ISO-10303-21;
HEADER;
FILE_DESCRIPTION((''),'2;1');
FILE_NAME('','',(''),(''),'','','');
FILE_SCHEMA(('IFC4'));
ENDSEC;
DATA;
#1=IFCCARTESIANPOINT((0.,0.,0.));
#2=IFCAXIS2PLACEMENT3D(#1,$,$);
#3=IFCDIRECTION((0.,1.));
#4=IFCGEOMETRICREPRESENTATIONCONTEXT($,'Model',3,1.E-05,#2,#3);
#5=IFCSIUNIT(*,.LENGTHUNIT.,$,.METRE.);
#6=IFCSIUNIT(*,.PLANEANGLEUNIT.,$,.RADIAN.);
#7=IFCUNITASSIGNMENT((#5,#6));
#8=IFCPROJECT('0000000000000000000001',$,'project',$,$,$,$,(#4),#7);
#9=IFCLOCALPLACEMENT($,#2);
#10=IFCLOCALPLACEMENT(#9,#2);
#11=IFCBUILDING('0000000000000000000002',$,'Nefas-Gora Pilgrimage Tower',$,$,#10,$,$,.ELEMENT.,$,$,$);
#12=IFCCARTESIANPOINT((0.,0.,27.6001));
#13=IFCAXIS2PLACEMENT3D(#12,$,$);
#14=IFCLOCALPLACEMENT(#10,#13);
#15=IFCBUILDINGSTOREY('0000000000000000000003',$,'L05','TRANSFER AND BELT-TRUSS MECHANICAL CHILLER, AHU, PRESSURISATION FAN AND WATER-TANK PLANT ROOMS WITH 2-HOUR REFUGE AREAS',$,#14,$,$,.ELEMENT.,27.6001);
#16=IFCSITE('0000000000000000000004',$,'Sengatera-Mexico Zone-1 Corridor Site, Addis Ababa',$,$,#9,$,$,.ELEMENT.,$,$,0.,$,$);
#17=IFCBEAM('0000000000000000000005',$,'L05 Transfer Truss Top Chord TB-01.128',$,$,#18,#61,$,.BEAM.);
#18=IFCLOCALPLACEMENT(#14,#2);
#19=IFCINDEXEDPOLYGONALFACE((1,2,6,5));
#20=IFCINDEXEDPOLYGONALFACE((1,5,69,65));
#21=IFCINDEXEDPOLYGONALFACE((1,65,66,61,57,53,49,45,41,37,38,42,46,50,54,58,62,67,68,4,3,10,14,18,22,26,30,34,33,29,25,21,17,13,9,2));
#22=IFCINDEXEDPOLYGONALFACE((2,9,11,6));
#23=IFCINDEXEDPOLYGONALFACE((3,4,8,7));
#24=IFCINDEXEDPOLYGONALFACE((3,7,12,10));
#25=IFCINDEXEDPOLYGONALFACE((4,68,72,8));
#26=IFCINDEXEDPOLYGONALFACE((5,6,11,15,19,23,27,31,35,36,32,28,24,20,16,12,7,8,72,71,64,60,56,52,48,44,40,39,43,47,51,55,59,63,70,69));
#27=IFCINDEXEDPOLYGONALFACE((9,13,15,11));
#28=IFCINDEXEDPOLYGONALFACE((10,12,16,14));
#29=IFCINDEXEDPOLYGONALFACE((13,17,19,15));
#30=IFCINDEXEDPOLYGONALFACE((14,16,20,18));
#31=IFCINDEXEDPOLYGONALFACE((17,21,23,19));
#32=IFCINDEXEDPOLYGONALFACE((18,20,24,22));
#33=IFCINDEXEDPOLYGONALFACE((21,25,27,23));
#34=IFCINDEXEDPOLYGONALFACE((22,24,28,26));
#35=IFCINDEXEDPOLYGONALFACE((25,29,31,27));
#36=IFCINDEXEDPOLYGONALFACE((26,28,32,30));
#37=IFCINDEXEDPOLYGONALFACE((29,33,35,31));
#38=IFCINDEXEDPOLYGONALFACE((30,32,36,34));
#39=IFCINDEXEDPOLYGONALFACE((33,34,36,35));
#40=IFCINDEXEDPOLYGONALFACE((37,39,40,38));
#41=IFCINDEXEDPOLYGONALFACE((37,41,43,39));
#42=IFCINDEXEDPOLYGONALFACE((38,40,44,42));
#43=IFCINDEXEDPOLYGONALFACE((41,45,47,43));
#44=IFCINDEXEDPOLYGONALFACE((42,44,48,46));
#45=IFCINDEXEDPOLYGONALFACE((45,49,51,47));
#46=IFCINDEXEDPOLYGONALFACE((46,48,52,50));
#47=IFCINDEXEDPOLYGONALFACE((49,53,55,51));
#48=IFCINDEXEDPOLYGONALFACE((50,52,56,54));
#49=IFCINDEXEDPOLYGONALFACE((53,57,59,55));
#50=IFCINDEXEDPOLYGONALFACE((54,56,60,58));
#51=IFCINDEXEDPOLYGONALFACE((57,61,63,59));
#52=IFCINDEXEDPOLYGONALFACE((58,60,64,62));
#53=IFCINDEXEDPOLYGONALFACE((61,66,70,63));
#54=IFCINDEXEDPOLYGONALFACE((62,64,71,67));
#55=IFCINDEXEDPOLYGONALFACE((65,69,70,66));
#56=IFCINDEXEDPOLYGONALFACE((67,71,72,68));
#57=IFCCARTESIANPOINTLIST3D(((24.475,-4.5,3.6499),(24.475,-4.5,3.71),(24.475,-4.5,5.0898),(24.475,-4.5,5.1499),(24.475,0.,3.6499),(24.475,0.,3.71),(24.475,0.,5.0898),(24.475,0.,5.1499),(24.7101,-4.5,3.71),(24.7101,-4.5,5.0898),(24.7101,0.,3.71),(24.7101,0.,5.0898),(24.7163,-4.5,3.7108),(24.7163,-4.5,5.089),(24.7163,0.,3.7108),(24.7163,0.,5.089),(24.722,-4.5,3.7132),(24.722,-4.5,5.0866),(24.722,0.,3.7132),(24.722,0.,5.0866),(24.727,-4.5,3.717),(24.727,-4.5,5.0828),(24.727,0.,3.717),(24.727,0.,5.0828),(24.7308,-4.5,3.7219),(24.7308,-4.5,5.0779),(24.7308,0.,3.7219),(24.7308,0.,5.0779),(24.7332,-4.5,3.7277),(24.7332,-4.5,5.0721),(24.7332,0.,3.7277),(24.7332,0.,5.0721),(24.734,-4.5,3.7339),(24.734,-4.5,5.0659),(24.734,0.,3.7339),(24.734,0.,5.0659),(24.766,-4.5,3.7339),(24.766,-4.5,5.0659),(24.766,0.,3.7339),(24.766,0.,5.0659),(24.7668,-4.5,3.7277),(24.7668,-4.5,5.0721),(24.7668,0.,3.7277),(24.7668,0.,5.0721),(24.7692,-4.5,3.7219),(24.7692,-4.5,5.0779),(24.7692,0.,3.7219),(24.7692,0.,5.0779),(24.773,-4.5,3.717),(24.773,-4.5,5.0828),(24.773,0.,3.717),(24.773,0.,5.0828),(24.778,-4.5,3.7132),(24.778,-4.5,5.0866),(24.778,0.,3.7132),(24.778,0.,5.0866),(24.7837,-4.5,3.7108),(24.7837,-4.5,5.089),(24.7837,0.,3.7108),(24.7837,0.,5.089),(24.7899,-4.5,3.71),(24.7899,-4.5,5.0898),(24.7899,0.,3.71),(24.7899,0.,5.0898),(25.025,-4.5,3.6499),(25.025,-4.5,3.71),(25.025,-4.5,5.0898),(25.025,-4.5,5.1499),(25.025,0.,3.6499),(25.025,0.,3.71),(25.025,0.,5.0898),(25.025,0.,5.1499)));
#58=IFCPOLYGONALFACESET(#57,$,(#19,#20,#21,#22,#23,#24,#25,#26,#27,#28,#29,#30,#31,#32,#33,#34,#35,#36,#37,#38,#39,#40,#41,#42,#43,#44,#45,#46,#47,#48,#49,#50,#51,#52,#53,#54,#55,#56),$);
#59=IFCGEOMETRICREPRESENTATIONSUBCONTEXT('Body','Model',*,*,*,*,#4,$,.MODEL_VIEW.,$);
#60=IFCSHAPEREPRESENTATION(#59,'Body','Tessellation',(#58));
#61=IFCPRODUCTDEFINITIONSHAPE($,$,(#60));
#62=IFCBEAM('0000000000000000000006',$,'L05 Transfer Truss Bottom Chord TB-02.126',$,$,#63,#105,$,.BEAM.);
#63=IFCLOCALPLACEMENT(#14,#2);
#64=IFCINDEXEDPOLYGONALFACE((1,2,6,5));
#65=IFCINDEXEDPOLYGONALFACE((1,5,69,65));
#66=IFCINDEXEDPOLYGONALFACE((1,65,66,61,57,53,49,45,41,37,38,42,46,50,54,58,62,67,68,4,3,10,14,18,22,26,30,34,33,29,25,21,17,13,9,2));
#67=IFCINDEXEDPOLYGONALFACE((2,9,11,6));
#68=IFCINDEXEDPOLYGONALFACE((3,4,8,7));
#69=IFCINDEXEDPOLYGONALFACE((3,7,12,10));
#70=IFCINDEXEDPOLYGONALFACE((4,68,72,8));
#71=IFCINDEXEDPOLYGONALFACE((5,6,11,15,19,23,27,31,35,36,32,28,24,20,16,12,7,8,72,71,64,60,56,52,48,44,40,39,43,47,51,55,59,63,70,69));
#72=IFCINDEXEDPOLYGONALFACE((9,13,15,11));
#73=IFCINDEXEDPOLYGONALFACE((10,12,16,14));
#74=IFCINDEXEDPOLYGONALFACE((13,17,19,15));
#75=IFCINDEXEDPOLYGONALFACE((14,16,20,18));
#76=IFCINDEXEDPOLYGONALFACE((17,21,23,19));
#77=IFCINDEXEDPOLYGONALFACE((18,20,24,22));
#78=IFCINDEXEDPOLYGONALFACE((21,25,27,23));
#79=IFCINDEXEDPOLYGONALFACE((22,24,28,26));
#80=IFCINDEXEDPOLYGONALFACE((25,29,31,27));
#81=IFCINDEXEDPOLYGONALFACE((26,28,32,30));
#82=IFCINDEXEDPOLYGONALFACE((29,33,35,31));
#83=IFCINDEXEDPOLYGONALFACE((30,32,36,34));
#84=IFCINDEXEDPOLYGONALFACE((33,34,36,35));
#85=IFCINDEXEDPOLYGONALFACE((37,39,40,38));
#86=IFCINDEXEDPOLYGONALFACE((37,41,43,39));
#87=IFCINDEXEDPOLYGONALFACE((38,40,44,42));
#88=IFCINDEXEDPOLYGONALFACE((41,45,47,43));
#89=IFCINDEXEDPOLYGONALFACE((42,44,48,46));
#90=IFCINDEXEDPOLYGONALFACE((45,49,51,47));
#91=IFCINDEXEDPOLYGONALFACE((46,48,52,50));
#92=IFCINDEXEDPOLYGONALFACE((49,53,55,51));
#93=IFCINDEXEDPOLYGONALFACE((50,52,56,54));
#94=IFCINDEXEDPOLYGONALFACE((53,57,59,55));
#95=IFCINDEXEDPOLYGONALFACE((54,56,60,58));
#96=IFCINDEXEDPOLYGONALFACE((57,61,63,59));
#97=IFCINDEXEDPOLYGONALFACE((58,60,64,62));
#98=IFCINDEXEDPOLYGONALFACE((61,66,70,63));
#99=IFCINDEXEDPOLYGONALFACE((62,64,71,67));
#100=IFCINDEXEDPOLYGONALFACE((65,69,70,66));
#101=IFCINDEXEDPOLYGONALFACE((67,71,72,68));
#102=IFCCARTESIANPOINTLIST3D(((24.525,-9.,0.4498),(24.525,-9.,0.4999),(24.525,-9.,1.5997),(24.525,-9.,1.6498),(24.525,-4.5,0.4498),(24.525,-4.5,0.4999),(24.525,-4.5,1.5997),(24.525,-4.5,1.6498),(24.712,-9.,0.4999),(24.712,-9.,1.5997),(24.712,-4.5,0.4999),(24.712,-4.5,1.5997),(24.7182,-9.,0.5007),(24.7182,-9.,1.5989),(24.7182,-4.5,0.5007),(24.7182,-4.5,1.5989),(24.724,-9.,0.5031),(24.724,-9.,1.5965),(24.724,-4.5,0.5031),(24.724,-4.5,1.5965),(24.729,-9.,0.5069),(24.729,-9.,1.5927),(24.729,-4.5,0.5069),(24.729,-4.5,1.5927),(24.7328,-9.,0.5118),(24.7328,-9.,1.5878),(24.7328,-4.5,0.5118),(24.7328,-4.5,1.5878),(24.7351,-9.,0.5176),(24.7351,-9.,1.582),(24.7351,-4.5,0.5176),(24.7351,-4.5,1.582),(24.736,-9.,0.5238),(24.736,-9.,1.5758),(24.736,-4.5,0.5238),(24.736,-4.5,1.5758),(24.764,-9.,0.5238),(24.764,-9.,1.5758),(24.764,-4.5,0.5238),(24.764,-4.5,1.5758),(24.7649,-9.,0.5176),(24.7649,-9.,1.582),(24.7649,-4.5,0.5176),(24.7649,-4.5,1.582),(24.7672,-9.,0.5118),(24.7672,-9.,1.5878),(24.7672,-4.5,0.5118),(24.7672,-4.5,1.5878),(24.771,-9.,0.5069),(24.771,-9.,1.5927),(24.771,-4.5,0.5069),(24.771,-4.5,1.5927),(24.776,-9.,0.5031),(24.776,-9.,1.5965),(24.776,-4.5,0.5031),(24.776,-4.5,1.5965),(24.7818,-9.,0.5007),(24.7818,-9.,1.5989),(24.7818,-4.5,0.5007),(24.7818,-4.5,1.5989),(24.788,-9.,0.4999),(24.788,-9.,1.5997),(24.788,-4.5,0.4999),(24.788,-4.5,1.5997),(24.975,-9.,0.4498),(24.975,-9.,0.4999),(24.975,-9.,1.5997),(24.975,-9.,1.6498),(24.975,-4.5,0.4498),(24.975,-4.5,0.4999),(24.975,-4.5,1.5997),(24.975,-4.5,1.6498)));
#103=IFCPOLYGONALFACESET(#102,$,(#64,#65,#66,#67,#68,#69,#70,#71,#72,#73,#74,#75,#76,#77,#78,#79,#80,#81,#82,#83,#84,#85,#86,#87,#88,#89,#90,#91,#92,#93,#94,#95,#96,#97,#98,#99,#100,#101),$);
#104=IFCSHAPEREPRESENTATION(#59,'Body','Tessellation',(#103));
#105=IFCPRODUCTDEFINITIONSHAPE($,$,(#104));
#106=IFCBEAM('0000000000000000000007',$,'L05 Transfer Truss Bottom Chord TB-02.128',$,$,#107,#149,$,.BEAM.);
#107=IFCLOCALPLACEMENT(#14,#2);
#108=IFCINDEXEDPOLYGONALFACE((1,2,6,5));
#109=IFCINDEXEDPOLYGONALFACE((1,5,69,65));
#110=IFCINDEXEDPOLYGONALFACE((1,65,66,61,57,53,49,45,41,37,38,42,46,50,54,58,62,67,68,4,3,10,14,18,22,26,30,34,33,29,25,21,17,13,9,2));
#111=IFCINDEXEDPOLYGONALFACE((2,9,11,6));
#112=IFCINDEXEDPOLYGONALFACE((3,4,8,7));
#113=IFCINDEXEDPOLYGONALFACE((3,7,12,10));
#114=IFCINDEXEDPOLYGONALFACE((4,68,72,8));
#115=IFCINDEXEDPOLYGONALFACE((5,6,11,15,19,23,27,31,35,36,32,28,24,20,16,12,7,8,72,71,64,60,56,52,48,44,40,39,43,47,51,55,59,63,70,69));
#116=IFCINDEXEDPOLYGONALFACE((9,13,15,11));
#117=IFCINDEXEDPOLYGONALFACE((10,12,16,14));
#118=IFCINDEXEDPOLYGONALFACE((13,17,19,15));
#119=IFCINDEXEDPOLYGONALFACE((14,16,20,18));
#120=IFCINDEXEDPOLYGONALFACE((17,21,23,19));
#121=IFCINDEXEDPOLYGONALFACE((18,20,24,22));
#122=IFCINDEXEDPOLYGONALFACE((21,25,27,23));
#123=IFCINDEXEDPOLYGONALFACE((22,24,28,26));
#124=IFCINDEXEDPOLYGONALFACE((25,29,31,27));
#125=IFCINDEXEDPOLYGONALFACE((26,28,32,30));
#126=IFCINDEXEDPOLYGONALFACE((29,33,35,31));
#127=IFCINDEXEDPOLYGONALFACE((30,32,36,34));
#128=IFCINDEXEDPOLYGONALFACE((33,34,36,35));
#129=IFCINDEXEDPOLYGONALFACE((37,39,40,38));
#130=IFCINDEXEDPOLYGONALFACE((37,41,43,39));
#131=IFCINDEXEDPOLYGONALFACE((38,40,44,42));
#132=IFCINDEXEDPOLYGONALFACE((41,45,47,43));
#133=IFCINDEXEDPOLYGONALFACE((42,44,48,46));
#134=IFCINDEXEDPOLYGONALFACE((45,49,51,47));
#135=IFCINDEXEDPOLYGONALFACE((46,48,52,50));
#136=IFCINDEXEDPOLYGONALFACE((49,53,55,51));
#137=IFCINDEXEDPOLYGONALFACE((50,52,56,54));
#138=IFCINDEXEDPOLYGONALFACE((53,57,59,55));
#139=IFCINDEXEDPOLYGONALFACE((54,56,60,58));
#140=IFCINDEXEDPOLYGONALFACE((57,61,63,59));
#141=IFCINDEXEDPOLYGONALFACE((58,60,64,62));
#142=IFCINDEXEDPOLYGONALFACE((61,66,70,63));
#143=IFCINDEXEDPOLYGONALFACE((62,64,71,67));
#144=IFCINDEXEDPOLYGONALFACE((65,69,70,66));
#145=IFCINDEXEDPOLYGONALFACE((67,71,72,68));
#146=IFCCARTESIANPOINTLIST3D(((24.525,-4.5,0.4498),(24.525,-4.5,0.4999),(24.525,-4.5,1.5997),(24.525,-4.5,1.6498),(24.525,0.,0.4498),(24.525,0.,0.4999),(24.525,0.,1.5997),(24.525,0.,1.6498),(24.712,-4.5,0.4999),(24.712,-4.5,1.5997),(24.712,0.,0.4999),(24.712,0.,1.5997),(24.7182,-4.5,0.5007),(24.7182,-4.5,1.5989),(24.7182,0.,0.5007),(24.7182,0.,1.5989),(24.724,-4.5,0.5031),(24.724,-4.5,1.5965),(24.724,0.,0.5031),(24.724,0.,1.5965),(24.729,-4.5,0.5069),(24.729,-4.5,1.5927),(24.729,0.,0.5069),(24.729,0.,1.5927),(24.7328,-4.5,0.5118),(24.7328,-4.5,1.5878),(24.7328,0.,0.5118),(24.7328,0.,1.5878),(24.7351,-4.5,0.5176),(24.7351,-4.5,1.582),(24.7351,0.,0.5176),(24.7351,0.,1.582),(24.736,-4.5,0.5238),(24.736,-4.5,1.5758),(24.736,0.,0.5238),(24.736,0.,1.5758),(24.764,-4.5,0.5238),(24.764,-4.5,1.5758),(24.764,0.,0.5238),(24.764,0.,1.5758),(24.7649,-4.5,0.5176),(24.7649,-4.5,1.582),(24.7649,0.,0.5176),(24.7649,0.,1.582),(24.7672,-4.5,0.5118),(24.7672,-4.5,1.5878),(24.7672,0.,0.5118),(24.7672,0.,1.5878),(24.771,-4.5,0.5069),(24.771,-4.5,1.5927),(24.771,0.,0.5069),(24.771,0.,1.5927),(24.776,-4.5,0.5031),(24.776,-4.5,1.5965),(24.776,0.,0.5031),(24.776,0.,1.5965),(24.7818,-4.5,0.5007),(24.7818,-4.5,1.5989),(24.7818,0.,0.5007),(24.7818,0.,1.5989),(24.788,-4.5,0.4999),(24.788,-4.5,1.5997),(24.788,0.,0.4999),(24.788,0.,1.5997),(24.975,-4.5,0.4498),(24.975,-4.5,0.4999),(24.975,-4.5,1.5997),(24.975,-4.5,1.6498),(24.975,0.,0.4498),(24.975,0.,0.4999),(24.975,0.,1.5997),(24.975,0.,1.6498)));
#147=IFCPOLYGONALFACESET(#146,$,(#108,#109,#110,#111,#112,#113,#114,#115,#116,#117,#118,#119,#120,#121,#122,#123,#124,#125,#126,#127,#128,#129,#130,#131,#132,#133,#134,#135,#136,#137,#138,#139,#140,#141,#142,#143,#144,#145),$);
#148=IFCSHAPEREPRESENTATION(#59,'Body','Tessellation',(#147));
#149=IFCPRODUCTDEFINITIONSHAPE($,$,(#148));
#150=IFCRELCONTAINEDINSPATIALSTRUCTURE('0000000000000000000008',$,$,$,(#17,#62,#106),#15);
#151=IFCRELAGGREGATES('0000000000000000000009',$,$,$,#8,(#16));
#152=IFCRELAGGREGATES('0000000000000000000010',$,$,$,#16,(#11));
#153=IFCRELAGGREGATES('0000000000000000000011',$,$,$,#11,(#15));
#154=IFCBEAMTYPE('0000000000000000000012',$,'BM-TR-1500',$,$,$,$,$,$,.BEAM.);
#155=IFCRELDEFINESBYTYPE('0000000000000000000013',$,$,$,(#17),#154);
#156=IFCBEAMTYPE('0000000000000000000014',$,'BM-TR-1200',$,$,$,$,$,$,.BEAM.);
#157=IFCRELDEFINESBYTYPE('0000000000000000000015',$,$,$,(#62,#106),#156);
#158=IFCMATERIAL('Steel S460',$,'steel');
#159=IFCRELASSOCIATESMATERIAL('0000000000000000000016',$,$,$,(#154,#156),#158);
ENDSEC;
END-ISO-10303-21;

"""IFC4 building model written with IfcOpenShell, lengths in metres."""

from ifc_helpers import new_model, si_unit, direction, frame, origin, origin_2d, place, context, subcontext, project, spatial, i_section, extrude, source, transform, mapped, material, material_profile, profile_set, type_object, element, save


model = new_model("IFC4")

# Units and contexts
model_context = context("Model", 3, precision=1e-05, world=origin(), true_north=direction((0.0, 1.0)))
body_context = subcontext(model_context, "Body", "Model", "MODEL_VIEW")
ifc_project = project(units=[si_unit("LENGTHUNIT", "METRE"), si_unit("PLANEANGLEUNIT", "RADIAN")], contexts=[model_context])

# Site, building, storey
site_placement = place(None, origin())
site = spatial("IfcSite", under=ifc_project, at=site_placement, Name="Sengatera-Mexico Zone-1 Corridor Site, Addis Ababa", CompositionType="ELEMENT", RefElevation=0.0)
building_placement = place(site_placement, origin())
building = spatial("IfcBuilding", under=site, at=building_placement, Name="Nefas-Gora Pilgrimage Tower", CompositionType="ELEMENT")
storey_placement = place(building_placement, frame((0.0, 0.0, 27.6001)))
storey = spatial("IfcBuildingStorey", under=building, at=storey_placement, Name="L05", Description="TRANSFER AND BELT-TRUSS MECHANICAL CHILLER, AHU, PRESSURISATION FAN AND WATER-TANK PLANT ROOMS WITH 2-HOUR REFUGE AREAS", CompositionType="ELEMENT", Elevation=27.6001)

# Shared definitions
ifc_material_1 = material(Name="Steel S460", Category="steel")

# Beams
ifc_material_profile_1 = material_profile(ifc_material_1, i_section(OverallWidth=0.55, OverallDepth=1.5, WebThickness=0.032, FlangeThickness=0.0601, FilletRadius=0.0239, at=origin_2d()), Name="WPG 1500x550x32x60")
ifc_profile_set_1 = profile_set([ifc_material_profile_1], Name="Steel S460")
beam_type_1 = type_object("IfcBeamType", Name="BM-TR-1500", PredefinedType="BEAM", material=ifc_profile_set_1)
shared_shape_1 = source(origin(), body_context, "Body", "SweptSolid", [
    extrude(i_section(OverallWidth=0.55, OverallDepth=1.5, WebThickness=0.032, FlangeThickness=0.0601, FilletRadius=0.0239, at=origin_2d()), origin(), (0.0, 0.0, 1.0), 4.5),
])
for number, where, z_axis, x_axis, name in (
    (1, (24.75, -4.5, 4.3999), (0.0, 1.0, 0.0), (-1.0, 0.0, 0.0), "L05 Transfer Truss Top Chord TB-01.128"),
):
    element("IfcBeam", number, at=place(storey_placement, frame(where, z_axis=z_axis, x_axis=x_axis)), inside=storey, type_object=beam_type_1, Name=name, PredefinedType="BEAM", context=body_context, shape_type="MappedRepresentation", body=[
        mapped(shared_shape_1, transform((0.0, 0.0, 0.0), x_axis=(1.0, 0.0, 0.0), y_axis=(0.0, 1.0, 0.0), z_axis=(0.0, 0.0, 1.0), scale=1.0)),
    ])
ifc_material_profile_2 = material_profile(ifc_material_1, i_section(OverallWidth=0.45, OverallDepth=1.2, WebThickness=0.0281, FlangeThickness=0.05, FilletRadius=0.0239, at=origin_2d()), Name="WPG 1200x450x28x50")
ifc_profile_set_2 = profile_set([ifc_material_profile_2], Name="Steel S460")
beam_type_2 = type_object("IfcBeamType", Name="BM-TR-1200", PredefinedType="BEAM", material=ifc_profile_set_2)
shared_shape_2 = source(origin(), body_context, "Body", "SweptSolid", [
    extrude(i_section(OverallWidth=0.45, OverallDepth=1.2, WebThickness=0.0281, FlangeThickness=0.05, FilletRadius=0.0239, at=origin_2d()), origin(), (0.0, 0.0, 1.0), 4.5),
])
for number, where, z_axis, x_axis, name in (
    (2, (24.75, -9.0, 1.0498), (0.0, 1.0, 0.0), (-1.0, 0.0, 0.0), "L05 Transfer Truss Bottom Chord TB-02.126"),
    (3, (24.75, -4.5, 1.0498), (0.0, 1.0, 0.0), (-1.0, 0.0, 0.0), "L05 Transfer Truss Bottom Chord TB-02.128"),
):
    element("IfcBeam", number, at=place(storey_placement, frame(where, z_axis=z_axis, x_axis=x_axis)), inside=storey, type_object=beam_type_2, Name=name, PredefinedType="BEAM", context=body_context, shape_type="MappedRepresentation", body=[
        mapped(shared_shape_2, transform((0.0, 0.0, 0.0), x_axis=(1.0, 0.0, 0.0), y_axis=(0.0, 1.0, 0.0), z_axis=(0.0, 0.0, 1.0), scale=1.0)),
    ])

save(model, "model.ifc")
